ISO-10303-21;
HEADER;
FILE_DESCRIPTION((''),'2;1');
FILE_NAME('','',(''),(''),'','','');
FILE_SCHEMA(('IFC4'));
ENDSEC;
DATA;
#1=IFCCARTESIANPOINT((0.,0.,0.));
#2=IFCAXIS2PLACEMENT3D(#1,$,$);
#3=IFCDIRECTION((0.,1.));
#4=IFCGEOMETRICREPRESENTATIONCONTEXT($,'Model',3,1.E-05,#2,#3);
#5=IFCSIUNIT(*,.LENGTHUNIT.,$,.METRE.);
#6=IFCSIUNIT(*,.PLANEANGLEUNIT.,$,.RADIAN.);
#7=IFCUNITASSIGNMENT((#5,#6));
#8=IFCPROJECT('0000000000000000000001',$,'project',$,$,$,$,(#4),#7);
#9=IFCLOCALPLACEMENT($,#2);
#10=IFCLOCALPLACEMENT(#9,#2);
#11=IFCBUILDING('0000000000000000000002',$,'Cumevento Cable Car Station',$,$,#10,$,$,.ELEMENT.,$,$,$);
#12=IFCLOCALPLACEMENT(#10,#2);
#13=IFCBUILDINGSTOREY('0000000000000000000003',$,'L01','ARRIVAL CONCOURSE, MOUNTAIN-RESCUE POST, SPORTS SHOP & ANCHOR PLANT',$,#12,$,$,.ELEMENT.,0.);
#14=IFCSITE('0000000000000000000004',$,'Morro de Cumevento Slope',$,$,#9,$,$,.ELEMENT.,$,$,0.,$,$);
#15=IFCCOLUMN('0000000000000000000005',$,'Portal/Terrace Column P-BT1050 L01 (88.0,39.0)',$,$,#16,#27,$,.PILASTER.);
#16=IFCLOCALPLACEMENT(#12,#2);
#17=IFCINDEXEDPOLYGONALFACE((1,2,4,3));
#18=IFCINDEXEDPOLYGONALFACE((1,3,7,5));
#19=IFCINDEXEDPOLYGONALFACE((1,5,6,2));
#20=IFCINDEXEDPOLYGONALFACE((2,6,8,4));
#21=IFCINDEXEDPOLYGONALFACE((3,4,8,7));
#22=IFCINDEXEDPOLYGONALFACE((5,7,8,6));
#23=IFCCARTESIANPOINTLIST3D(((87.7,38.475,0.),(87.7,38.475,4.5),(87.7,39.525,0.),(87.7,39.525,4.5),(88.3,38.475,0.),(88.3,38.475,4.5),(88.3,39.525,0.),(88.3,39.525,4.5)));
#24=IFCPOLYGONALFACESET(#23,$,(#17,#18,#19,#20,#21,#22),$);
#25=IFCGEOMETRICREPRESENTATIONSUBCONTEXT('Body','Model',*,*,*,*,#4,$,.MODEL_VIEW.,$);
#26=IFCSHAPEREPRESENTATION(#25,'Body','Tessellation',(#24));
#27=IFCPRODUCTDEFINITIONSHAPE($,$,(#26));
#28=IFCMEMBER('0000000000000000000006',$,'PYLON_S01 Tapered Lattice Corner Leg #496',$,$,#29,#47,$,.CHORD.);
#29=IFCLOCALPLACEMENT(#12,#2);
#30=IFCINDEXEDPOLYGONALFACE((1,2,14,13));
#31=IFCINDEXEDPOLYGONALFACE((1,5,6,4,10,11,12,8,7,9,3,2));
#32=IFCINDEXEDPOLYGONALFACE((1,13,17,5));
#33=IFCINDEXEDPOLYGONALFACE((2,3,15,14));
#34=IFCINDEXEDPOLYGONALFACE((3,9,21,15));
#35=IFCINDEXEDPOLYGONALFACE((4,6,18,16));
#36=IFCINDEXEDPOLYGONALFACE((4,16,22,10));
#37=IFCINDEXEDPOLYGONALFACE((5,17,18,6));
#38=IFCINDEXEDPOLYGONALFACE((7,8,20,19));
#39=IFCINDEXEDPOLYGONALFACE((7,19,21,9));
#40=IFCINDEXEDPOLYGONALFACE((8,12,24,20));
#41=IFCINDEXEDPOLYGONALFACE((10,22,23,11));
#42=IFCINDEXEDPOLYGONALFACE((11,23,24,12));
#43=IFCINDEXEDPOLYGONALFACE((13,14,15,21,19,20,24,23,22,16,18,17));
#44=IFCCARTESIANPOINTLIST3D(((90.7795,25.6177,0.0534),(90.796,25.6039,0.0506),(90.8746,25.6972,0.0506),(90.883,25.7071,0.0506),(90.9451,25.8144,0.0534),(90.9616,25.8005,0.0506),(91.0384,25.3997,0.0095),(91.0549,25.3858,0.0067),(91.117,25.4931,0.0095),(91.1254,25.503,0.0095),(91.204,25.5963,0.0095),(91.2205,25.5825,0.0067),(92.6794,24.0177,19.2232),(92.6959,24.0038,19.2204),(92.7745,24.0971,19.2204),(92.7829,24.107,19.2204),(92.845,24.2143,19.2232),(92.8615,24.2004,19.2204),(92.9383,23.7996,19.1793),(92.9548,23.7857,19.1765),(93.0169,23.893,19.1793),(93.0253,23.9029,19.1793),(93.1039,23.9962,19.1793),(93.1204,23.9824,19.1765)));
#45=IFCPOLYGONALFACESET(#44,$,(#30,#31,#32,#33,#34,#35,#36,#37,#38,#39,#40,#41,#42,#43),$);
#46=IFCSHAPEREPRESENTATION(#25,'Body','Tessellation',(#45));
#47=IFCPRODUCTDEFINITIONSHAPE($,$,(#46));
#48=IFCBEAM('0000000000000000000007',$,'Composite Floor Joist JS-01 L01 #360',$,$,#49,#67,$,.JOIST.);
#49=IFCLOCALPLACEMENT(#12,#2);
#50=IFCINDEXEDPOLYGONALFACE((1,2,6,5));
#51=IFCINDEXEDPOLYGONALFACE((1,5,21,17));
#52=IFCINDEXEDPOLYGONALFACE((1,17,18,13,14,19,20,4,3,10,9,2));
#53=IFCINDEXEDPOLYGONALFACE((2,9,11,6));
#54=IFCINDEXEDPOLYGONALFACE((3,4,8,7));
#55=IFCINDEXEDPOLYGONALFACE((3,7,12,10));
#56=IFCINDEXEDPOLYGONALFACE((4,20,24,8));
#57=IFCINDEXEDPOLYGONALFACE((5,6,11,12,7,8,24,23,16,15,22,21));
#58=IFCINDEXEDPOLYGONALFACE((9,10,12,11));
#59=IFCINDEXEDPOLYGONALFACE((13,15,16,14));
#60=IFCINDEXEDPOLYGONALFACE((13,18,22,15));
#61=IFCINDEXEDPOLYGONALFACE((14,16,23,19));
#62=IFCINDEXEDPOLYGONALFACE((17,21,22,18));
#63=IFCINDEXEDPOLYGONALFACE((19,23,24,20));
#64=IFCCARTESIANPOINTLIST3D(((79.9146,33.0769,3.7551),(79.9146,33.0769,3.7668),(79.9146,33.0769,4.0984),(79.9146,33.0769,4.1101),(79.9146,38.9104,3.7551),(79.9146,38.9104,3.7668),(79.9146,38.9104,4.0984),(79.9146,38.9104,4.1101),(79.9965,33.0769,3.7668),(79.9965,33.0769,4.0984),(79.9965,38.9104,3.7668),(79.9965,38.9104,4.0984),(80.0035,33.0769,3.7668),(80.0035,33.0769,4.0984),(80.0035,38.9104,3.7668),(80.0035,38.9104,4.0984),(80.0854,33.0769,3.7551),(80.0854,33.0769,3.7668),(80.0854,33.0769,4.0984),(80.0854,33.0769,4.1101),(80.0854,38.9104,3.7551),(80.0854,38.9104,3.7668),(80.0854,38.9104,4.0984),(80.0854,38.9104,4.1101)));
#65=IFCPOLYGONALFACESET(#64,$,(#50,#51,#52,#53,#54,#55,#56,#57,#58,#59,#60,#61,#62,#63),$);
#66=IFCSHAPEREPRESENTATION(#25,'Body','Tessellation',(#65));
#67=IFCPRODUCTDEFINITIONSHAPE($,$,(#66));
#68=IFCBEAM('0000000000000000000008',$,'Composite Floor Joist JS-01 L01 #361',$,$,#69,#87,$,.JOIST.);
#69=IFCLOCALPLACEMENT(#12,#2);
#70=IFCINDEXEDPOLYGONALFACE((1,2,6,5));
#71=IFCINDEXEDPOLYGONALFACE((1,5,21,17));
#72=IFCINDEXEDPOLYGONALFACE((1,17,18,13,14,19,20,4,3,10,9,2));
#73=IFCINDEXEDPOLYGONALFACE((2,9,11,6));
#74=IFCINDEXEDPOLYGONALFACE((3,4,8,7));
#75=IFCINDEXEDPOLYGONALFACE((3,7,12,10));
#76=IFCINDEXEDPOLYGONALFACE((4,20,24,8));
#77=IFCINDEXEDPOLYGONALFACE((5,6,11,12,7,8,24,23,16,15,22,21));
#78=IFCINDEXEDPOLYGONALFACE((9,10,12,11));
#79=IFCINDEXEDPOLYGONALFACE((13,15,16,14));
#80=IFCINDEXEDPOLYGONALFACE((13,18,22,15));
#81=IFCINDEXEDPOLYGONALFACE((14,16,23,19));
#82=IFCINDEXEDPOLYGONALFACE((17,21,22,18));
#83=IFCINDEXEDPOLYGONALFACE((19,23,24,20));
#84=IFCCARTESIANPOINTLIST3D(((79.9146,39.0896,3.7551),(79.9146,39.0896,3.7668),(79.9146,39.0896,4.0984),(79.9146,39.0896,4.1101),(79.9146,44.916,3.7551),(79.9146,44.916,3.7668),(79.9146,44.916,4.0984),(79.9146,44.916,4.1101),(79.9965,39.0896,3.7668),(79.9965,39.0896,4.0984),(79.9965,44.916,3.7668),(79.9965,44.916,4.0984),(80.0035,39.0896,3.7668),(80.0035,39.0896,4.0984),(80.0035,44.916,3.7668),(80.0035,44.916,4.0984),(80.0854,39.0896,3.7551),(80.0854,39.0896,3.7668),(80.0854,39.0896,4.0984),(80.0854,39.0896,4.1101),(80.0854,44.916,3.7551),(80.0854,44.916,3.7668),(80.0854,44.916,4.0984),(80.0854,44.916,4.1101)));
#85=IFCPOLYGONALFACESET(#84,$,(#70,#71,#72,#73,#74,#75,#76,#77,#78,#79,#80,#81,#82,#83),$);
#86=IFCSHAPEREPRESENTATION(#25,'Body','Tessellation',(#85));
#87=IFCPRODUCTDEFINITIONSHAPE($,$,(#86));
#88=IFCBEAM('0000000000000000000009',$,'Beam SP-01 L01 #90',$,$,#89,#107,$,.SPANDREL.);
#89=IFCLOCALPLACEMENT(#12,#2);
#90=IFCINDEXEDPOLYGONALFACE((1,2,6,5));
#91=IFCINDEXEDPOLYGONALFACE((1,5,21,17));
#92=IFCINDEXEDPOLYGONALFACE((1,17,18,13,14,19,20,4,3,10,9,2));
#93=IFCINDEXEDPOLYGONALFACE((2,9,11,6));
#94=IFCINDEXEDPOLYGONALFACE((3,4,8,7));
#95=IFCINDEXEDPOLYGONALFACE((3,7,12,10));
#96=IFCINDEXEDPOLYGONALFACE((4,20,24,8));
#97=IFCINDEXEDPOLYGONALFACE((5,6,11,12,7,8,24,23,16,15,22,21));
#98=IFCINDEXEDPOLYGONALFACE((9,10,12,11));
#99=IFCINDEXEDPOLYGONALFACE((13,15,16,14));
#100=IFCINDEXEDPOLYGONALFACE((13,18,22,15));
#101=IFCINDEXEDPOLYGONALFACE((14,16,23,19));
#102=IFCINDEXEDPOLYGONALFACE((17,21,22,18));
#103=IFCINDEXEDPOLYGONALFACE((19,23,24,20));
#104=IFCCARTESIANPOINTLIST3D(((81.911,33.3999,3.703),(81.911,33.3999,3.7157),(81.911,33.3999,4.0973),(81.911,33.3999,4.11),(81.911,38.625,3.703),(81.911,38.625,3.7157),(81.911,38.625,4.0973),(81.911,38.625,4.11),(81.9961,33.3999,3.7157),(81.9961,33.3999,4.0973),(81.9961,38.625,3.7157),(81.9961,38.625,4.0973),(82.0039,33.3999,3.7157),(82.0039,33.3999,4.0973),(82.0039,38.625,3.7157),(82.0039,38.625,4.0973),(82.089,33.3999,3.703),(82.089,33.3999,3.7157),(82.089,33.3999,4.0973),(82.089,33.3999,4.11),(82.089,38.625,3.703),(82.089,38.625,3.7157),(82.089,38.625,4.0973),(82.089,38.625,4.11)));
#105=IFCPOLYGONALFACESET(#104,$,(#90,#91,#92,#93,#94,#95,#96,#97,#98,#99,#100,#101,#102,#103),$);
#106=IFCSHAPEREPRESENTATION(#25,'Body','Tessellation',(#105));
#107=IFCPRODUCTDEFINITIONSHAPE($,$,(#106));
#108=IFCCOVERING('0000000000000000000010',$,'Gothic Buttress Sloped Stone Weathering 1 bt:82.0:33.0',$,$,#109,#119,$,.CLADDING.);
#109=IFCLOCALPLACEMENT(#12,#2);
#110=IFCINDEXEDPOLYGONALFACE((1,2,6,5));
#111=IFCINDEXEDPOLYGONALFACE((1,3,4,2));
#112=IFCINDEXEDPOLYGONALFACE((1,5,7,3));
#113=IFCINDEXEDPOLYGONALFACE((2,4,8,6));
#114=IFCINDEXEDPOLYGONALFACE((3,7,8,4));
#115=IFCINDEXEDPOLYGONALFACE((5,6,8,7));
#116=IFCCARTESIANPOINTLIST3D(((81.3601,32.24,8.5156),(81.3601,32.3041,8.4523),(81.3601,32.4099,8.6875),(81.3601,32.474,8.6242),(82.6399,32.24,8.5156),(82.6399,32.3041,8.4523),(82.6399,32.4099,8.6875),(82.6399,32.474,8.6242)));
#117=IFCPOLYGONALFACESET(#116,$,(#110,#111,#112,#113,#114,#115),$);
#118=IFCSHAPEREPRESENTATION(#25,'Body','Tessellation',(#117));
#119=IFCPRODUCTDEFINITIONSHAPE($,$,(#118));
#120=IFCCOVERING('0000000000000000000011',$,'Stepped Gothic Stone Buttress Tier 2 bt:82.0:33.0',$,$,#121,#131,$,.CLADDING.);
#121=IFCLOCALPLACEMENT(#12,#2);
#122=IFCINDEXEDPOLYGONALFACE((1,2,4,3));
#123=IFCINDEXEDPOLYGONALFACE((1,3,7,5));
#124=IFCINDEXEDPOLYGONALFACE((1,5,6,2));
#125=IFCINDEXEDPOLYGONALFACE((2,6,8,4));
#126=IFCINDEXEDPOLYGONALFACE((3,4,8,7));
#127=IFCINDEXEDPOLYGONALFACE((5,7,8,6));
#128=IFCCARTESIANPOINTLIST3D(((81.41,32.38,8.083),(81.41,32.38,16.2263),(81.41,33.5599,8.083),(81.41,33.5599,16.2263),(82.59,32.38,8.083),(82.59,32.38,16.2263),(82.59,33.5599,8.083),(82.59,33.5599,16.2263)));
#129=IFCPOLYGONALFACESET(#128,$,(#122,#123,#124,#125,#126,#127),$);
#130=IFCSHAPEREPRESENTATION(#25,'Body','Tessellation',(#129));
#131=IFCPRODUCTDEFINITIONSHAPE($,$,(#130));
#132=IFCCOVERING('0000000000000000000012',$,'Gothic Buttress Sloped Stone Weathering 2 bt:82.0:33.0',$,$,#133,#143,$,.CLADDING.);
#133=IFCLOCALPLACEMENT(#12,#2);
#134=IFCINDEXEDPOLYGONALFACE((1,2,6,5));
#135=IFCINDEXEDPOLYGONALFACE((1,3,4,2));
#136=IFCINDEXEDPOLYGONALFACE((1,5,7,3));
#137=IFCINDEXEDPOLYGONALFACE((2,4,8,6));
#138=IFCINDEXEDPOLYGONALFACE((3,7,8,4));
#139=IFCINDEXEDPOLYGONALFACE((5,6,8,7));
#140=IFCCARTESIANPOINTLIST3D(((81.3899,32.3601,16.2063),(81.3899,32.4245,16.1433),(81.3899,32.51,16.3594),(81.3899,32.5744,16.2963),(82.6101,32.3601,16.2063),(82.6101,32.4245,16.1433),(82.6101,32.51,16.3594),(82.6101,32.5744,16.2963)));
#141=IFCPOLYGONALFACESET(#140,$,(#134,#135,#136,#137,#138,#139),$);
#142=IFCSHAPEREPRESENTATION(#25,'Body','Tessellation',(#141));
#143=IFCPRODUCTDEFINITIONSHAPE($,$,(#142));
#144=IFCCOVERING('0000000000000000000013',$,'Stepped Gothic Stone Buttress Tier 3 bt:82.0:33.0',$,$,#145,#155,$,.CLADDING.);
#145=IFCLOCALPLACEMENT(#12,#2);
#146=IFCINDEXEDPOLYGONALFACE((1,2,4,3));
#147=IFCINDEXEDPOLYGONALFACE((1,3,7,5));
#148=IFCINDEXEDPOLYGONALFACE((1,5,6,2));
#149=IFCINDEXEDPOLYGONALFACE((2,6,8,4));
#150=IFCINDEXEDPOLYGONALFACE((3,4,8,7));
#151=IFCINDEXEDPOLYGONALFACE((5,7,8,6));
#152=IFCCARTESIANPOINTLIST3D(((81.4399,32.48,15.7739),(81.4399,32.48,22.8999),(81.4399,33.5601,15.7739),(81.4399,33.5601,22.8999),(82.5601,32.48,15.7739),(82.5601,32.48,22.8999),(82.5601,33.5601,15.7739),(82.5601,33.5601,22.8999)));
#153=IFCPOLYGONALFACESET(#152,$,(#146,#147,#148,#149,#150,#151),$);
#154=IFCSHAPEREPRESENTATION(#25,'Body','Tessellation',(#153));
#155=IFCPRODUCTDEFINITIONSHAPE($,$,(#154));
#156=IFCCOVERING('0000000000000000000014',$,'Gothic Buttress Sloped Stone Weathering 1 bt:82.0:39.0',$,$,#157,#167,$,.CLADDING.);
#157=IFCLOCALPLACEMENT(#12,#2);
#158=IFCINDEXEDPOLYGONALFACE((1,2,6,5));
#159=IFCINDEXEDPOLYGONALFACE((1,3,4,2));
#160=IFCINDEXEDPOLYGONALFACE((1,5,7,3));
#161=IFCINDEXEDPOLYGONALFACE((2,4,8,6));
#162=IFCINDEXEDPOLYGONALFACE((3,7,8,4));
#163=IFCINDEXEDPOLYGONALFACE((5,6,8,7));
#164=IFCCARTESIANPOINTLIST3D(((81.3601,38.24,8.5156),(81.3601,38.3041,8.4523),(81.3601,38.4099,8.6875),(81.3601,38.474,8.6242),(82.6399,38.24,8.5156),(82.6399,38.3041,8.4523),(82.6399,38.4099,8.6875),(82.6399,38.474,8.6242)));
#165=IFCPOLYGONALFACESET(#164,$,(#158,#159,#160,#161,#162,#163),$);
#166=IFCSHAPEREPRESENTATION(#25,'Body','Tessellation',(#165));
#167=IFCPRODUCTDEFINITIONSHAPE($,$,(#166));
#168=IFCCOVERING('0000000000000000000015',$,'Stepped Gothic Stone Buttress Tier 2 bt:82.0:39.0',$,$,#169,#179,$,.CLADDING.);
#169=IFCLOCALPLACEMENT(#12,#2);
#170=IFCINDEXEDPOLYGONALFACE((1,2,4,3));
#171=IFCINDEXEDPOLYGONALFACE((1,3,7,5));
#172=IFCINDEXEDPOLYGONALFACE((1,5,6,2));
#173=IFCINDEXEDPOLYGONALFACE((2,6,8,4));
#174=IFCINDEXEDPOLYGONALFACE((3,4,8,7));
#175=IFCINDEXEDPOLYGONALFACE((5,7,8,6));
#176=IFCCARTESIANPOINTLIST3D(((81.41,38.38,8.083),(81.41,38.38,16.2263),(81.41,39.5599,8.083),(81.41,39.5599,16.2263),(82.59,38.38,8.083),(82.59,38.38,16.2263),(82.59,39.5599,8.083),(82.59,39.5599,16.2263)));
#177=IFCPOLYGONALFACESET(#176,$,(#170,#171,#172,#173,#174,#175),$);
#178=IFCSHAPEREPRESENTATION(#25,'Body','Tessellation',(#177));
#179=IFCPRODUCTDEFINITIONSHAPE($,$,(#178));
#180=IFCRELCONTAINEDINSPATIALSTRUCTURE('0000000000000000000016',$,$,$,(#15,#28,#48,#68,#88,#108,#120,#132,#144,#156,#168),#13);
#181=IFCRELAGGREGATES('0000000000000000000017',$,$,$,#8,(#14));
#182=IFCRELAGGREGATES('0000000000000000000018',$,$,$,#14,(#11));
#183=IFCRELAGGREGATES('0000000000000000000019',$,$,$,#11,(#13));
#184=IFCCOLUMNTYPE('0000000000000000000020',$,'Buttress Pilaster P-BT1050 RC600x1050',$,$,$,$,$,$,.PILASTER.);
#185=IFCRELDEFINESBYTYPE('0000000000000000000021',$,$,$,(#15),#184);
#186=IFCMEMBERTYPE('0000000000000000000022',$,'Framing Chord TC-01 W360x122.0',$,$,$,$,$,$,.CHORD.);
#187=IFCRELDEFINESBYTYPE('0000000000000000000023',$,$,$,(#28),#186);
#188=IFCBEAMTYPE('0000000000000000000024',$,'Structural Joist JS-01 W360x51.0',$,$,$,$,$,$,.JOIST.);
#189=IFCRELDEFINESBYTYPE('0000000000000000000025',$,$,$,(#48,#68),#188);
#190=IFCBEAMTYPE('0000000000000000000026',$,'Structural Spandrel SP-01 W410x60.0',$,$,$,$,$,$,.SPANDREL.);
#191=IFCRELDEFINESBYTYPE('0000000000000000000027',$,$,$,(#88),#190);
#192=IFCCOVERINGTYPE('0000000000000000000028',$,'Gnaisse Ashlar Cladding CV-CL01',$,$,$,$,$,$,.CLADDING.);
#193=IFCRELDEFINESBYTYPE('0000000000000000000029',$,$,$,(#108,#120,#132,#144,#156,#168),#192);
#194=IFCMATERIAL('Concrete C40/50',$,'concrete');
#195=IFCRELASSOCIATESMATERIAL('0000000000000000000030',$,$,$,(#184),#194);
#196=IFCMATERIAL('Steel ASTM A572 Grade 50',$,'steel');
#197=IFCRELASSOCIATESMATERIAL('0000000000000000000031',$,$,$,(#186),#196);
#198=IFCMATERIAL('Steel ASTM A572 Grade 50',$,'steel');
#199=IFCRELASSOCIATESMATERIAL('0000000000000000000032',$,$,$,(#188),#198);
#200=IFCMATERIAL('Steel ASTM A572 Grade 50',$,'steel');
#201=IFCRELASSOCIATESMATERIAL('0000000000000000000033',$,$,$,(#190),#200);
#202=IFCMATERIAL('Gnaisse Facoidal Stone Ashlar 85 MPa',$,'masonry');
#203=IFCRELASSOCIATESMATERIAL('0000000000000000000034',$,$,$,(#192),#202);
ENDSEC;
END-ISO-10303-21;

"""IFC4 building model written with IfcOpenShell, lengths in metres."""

from ifc_helpers import new_model, si_unit, direction, frame, origin, origin_2d, place, context, subcontext, project, spatial, polyline, rectangle, i_section, outline, extrude, material, material_profile, profile_set, type_object, element, save


model = new_model("IFC4")

# Units and contexts
model_context = context("Model", 3, precision=1e-05, world=origin(), true_north=direction((0.0, 1.0)))
body_context = subcontext(model_context, "Body", "Model", "MODEL_VIEW")
ifc_project = project(units=[si_unit("LENGTHUNIT", "METRE"), si_unit("PLANEANGLEUNIT", "RADIAN")], contexts=[model_context])

# Site, building, storey
site_placement = place(None, origin())
site = spatial("IfcSite", under=ifc_project, at=site_placement, Name="Morro de Cumevento Slope", CompositionType="ELEMENT", RefElevation=0.0)
building_placement = place(site_placement, origin())
building = spatial("IfcBuilding", under=site, at=building_placement, Name="Cumevento Cable Car Station", CompositionType="ELEMENT")
storey_placement = place(building_placement, origin())
storey = spatial("IfcBuildingStorey", under=building, at=storey_placement, Name="L01", Description="ARRIVAL CONCOURSE, MOUNTAIN-RESCUE POST, SPORTS SHOP & ANCHOR PLANT", CompositionType="ELEMENT", Elevation=0.0)

# Column
ifc_material_1 = material(Name="Concrete C40/50", Category="concrete")
ifc_material_profile_1 = material_profile(ifc_material_1, rectangle(XDim=0.6001, YDim=1.05, at=origin_2d()), Name="RC600x1050")
ifc_profile_set_1 = profile_set([ifc_material_profile_1], Name="Concrete C40/50")
column_type = type_object("IfcColumnType", Name="Buttress Pilaster P-BT1050 RC600x1050", PredefinedType="PILASTER", material=ifc_profile_set_1)
column_placement = place(storey_placement, frame((88.0, 39.0, 0.0), z_axis=(0.0, 0.0, 1.0), x_axis=(1.0, 0.0, 0.0)))
element("IfcColumn", 1, at=column_placement, inside=storey, type_object=column_type, Name="Portal/Terrace Column P-BT1050 L01 (88.0,39.0)", PredefinedType="PILASTER", context=body_context, shape_type="SweptSolid", body=[
    extrude(rectangle(XDim=0.6001, YDim=1.05, at=origin_2d()), origin(), (0.0, 0.0, 1.0), 4.5),
])

# Member
ifc_material_2 = material(Name="Steel ASTM A572 Grade 50", Category="steel")
ifc_material_profile_2 = material_profile(ifc_material_2, i_section(OverallWidth=0.2571, OverallDepth=0.363, WebThickness=0.0129, FlangeThickness=0.0217, at=origin_2d()), Name="W360x122.0")
ifc_profile_set_2 = profile_set([ifc_material_profile_2], Name="Steel ASTM A572 Grade 50")
member_type = type_object("IfcMemberType", Name="Framing Chord TC-01 W360x122.0", PredefinedType="CHORD", material=ifc_profile_set_2)
member_placement = place(storey_placement, frame((91.0, 25.6001, 0.03), z_axis=(0.098287, -0.082777, 0.991709), x_axis=(0.644178, 0.764876, 0.0)))
element("IfcMember", 2, at=member_placement, inside=storey, type_object=member_type, Name="PYLON_S01 Tapered Lattice Corner Leg #496", PredefinedType="CHORD", context=body_context, shape_type="SweptSolid", body=[
    extrude(i_section(OverallWidth=0.2571, OverallDepth=0.363, WebThickness=0.0129, FlangeThickness=0.0217, at=origin_2d()), origin(), (0.0, 0.0, 1.0), 19.3301),
])

# Beams
ifc_material_3 = material(Name="Steel ASTM A572 Grade 50", Category="steel")
ifc_material_profile_3 = material_profile(ifc_material_3, i_section(OverallWidth=0.1709, OverallDepth=0.355, WebThickness=0.0071, FlangeThickness=0.0117, at=origin_2d()), Name="W360x51.0")
ifc_profile_set_3 = profile_set([ifc_material_profile_3], Name="Steel ASTM A572 Grade 50")
beam_type_1 = type_object("IfcBeamType", Name="Structural Joist JS-01 W360x51.0", PredefinedType="JOIST", material=ifc_profile_set_3)
beam_1_placement = place(storey_placement, frame((80.0, 33.0769, 3.9326), z_axis=(0.0, 1.0, 0.0), x_axis=(-1.0, 0.0, 0.0)))
element("IfcBeam", 3, at=beam_1_placement, inside=storey, type_object=beam_type_1, Name="Composite Floor Joist JS-01 L01 #360", PredefinedType="JOIST", context=body_context, shape_type="SweptSolid", body=[
    extrude(i_section(OverallWidth=0.1709, OverallDepth=0.355, WebThickness=0.0071, FlangeThickness=0.0117, at=origin_2d()), origin(), (0.0, 0.0, 1.0), 5.8335),
])
beam_2_placement = place(storey_placement, frame((80.0, 39.0896, 3.9326), z_axis=(0.0, 1.0, 0.0), x_axis=(-1.0, 0.0, 0.0)))
element("IfcBeam", 4, at=beam_2_placement, inside=storey, type_object=beam_type_1, Name="Composite Floor Joist JS-01 L01 #361", PredefinedType="JOIST", context=body_context, shape_type="SweptSolid", body=[
    extrude(i_section(OverallWidth=0.1709, OverallDepth=0.355, WebThickness=0.0071, FlangeThickness=0.0117, at=origin_2d()), origin(), (0.0, 0.0, 1.0), 5.8264),
])
ifc_material_4 = material(Name="Steel ASTM A572 Grade 50", Category="steel")
ifc_material_profile_4 = material_profile(ifc_material_4, i_section(OverallWidth=0.178, OverallDepth=0.407, WebThickness=0.0078, FlangeThickness=0.0127, at=origin_2d()), Name="W410x60.0")
ifc_profile_set_4 = profile_set([ifc_material_profile_4], Name="Steel ASTM A572 Grade 50")
beam_type_2 = type_object("IfcBeamType", Name="Structural Spandrel SP-01 W410x60.0", PredefinedType="SPANDREL", material=ifc_profile_set_4)
beam_3_placement = place(storey_placement, frame((82.0, 33.3999, 3.9065), z_axis=(0.0, 1.0, 0.0), x_axis=(-1.0, 0.0, 0.0)))
element("IfcBeam", 5, at=beam_3_placement, inside=storey, type_object=beam_type_2, Name="Beam SP-01 L01 #90", PredefinedType="SPANDREL", context=body_context, shape_type="SweptSolid", body=[
    extrude(i_section(OverallWidth=0.178, OverallDepth=0.407, WebThickness=0.0078, FlangeThickness=0.0127, at=origin_2d()), origin(), (0.0, 0.0, 1.0), 5.2251),
])

# Coverings
ifc_material_5 = material(Name="Gnaisse Facoidal Stone Ashlar 85 MPa", Category="masonry")
covering_type = type_object("IfcCoveringType", Name="Gnaisse Ashlar Cladding CV-CL01", PredefinedType="CLADDING", material=ifc_material_5)
covering_1_placement = place(storey_placement, frame((81.3601, 32.24, 8.5156), z_axis=(0.0, -0.711136, 0.703055), x_axis=(1.0, 0.0, 0.0)))
element("IfcCovering", 6, at=covering_1_placement, inside=storey, type_object=covering_type, Name="Gothic Buttress Sloped Stone Weathering 1 bt:82.0:33.0", PredefinedType="CLADDING", context=body_context, shape_type="SweptSolid", body=[
    extrude(outline(polyline([(0.0, 0.0), (1.2798, 0.0), (1.2798, 0.2417), (0.0, 0.2417), (0.0, 0.0)])), origin(), (0.0, 0.0, -1.0), 0.0901),
])
covering_2_placement = place(storey_placement, frame((82.0, 32.97, 8.083), z_axis=(0.0, 0.0, 1.0), x_axis=(1.0, 0.0, 0.0)))
element("IfcCovering", 7, at=covering_2_placement, inside=storey, type_object=covering_type, Name="Stepped Gothic Stone Buttress Tier 2 bt:82.0:33.0", PredefinedType="CLADDING", context=body_context, shape_type="SweptSolid", body=[
    extrude(rectangle(XDim=1.1799, YDim=1.1799, at=origin_2d()), origin(), (0.0, 0.0, 1.0), 8.1433),
])
covering_3_placement = place(storey_placement, frame((81.3899, 32.3601, 16.2063), z_axis=(0.0, -0.714475, 0.699661), x_axis=(1.0, 0.0, 0.0)))
element("IfcCovering", 8, at=covering_3_placement, inside=storey, type_object=covering_type, Name="Gothic Buttress Sloped Stone Weathering 2 bt:82.0:33.0", PredefinedType="CLADDING", context=body_context, shape_type="SweptSolid", body=[
    extrude(outline(polyline([(0.0, 0.0), (1.2202, 0.0), (1.2202, 0.2142), (0.0, 0.2142), (0.0, 0.0)])), origin(), (0.0, 0.0, -1.0), 0.0901),
])
covering_4_placement = place(storey_placement, frame((82.0, 33.02, 15.7739), z_axis=(0.0, 0.0, 1.0), x_axis=(1.0, 0.0, 0.0)))
element("IfcCovering", 9, at=covering_4_placement, inside=storey, type_object=covering_type, Name="Stepped Gothic Stone Buttress Tier 3 bt:82.0:33.0", PredefinedType="CLADDING", context=body_context, shape_type="SweptSolid", body=[
    extrude(rectangle(XDim=1.1201, YDim=1.0801, at=origin_2d()), origin(), (0.0, 0.0, 1.0), 7.126),
])
covering_5_placement = place(storey_placement, frame((81.3601, 38.24, 8.5156), z_axis=(0.0, -0.711136, 0.703055), x_axis=(1.0, 0.0, 0.0)))
element("IfcCovering", 10, at=covering_5_placement, inside=storey, type_object=covering_type, Name="Gothic Buttress Sloped Stone Weathering 1 bt:82.0:39.0", PredefinedType="CLADDING", context=body_context, shape_type="SweptSolid", body=[
    extrude(outline(polyline([(0.0, 0.0), (1.2798, 0.0), (1.2798, 0.2417), (0.0, 0.2417), (0.0, 0.0)])), origin(), (0.0, 0.0, -1.0), 0.0901),
])
covering_6_placement = place(storey_placement, frame((82.0, 38.97, 8.083), z_axis=(0.0, 0.0, 1.0), x_axis=(1.0, 0.0, 0.0)))
element("IfcCovering", 11, at=covering_6_placement, inside=storey, type_object=covering_type, Name="Stepped Gothic Stone Buttress Tier 2 bt:82.0:39.0", PredefinedType="CLADDING", context=body_context, shape_type="SweptSolid", body=[
    extrude(rectangle(XDim=1.1799, YDim=1.1799, at=origin_2d()), origin(), (0.0, 0.0, 1.0), 8.1433),
])

save(model, "model.ifc")
